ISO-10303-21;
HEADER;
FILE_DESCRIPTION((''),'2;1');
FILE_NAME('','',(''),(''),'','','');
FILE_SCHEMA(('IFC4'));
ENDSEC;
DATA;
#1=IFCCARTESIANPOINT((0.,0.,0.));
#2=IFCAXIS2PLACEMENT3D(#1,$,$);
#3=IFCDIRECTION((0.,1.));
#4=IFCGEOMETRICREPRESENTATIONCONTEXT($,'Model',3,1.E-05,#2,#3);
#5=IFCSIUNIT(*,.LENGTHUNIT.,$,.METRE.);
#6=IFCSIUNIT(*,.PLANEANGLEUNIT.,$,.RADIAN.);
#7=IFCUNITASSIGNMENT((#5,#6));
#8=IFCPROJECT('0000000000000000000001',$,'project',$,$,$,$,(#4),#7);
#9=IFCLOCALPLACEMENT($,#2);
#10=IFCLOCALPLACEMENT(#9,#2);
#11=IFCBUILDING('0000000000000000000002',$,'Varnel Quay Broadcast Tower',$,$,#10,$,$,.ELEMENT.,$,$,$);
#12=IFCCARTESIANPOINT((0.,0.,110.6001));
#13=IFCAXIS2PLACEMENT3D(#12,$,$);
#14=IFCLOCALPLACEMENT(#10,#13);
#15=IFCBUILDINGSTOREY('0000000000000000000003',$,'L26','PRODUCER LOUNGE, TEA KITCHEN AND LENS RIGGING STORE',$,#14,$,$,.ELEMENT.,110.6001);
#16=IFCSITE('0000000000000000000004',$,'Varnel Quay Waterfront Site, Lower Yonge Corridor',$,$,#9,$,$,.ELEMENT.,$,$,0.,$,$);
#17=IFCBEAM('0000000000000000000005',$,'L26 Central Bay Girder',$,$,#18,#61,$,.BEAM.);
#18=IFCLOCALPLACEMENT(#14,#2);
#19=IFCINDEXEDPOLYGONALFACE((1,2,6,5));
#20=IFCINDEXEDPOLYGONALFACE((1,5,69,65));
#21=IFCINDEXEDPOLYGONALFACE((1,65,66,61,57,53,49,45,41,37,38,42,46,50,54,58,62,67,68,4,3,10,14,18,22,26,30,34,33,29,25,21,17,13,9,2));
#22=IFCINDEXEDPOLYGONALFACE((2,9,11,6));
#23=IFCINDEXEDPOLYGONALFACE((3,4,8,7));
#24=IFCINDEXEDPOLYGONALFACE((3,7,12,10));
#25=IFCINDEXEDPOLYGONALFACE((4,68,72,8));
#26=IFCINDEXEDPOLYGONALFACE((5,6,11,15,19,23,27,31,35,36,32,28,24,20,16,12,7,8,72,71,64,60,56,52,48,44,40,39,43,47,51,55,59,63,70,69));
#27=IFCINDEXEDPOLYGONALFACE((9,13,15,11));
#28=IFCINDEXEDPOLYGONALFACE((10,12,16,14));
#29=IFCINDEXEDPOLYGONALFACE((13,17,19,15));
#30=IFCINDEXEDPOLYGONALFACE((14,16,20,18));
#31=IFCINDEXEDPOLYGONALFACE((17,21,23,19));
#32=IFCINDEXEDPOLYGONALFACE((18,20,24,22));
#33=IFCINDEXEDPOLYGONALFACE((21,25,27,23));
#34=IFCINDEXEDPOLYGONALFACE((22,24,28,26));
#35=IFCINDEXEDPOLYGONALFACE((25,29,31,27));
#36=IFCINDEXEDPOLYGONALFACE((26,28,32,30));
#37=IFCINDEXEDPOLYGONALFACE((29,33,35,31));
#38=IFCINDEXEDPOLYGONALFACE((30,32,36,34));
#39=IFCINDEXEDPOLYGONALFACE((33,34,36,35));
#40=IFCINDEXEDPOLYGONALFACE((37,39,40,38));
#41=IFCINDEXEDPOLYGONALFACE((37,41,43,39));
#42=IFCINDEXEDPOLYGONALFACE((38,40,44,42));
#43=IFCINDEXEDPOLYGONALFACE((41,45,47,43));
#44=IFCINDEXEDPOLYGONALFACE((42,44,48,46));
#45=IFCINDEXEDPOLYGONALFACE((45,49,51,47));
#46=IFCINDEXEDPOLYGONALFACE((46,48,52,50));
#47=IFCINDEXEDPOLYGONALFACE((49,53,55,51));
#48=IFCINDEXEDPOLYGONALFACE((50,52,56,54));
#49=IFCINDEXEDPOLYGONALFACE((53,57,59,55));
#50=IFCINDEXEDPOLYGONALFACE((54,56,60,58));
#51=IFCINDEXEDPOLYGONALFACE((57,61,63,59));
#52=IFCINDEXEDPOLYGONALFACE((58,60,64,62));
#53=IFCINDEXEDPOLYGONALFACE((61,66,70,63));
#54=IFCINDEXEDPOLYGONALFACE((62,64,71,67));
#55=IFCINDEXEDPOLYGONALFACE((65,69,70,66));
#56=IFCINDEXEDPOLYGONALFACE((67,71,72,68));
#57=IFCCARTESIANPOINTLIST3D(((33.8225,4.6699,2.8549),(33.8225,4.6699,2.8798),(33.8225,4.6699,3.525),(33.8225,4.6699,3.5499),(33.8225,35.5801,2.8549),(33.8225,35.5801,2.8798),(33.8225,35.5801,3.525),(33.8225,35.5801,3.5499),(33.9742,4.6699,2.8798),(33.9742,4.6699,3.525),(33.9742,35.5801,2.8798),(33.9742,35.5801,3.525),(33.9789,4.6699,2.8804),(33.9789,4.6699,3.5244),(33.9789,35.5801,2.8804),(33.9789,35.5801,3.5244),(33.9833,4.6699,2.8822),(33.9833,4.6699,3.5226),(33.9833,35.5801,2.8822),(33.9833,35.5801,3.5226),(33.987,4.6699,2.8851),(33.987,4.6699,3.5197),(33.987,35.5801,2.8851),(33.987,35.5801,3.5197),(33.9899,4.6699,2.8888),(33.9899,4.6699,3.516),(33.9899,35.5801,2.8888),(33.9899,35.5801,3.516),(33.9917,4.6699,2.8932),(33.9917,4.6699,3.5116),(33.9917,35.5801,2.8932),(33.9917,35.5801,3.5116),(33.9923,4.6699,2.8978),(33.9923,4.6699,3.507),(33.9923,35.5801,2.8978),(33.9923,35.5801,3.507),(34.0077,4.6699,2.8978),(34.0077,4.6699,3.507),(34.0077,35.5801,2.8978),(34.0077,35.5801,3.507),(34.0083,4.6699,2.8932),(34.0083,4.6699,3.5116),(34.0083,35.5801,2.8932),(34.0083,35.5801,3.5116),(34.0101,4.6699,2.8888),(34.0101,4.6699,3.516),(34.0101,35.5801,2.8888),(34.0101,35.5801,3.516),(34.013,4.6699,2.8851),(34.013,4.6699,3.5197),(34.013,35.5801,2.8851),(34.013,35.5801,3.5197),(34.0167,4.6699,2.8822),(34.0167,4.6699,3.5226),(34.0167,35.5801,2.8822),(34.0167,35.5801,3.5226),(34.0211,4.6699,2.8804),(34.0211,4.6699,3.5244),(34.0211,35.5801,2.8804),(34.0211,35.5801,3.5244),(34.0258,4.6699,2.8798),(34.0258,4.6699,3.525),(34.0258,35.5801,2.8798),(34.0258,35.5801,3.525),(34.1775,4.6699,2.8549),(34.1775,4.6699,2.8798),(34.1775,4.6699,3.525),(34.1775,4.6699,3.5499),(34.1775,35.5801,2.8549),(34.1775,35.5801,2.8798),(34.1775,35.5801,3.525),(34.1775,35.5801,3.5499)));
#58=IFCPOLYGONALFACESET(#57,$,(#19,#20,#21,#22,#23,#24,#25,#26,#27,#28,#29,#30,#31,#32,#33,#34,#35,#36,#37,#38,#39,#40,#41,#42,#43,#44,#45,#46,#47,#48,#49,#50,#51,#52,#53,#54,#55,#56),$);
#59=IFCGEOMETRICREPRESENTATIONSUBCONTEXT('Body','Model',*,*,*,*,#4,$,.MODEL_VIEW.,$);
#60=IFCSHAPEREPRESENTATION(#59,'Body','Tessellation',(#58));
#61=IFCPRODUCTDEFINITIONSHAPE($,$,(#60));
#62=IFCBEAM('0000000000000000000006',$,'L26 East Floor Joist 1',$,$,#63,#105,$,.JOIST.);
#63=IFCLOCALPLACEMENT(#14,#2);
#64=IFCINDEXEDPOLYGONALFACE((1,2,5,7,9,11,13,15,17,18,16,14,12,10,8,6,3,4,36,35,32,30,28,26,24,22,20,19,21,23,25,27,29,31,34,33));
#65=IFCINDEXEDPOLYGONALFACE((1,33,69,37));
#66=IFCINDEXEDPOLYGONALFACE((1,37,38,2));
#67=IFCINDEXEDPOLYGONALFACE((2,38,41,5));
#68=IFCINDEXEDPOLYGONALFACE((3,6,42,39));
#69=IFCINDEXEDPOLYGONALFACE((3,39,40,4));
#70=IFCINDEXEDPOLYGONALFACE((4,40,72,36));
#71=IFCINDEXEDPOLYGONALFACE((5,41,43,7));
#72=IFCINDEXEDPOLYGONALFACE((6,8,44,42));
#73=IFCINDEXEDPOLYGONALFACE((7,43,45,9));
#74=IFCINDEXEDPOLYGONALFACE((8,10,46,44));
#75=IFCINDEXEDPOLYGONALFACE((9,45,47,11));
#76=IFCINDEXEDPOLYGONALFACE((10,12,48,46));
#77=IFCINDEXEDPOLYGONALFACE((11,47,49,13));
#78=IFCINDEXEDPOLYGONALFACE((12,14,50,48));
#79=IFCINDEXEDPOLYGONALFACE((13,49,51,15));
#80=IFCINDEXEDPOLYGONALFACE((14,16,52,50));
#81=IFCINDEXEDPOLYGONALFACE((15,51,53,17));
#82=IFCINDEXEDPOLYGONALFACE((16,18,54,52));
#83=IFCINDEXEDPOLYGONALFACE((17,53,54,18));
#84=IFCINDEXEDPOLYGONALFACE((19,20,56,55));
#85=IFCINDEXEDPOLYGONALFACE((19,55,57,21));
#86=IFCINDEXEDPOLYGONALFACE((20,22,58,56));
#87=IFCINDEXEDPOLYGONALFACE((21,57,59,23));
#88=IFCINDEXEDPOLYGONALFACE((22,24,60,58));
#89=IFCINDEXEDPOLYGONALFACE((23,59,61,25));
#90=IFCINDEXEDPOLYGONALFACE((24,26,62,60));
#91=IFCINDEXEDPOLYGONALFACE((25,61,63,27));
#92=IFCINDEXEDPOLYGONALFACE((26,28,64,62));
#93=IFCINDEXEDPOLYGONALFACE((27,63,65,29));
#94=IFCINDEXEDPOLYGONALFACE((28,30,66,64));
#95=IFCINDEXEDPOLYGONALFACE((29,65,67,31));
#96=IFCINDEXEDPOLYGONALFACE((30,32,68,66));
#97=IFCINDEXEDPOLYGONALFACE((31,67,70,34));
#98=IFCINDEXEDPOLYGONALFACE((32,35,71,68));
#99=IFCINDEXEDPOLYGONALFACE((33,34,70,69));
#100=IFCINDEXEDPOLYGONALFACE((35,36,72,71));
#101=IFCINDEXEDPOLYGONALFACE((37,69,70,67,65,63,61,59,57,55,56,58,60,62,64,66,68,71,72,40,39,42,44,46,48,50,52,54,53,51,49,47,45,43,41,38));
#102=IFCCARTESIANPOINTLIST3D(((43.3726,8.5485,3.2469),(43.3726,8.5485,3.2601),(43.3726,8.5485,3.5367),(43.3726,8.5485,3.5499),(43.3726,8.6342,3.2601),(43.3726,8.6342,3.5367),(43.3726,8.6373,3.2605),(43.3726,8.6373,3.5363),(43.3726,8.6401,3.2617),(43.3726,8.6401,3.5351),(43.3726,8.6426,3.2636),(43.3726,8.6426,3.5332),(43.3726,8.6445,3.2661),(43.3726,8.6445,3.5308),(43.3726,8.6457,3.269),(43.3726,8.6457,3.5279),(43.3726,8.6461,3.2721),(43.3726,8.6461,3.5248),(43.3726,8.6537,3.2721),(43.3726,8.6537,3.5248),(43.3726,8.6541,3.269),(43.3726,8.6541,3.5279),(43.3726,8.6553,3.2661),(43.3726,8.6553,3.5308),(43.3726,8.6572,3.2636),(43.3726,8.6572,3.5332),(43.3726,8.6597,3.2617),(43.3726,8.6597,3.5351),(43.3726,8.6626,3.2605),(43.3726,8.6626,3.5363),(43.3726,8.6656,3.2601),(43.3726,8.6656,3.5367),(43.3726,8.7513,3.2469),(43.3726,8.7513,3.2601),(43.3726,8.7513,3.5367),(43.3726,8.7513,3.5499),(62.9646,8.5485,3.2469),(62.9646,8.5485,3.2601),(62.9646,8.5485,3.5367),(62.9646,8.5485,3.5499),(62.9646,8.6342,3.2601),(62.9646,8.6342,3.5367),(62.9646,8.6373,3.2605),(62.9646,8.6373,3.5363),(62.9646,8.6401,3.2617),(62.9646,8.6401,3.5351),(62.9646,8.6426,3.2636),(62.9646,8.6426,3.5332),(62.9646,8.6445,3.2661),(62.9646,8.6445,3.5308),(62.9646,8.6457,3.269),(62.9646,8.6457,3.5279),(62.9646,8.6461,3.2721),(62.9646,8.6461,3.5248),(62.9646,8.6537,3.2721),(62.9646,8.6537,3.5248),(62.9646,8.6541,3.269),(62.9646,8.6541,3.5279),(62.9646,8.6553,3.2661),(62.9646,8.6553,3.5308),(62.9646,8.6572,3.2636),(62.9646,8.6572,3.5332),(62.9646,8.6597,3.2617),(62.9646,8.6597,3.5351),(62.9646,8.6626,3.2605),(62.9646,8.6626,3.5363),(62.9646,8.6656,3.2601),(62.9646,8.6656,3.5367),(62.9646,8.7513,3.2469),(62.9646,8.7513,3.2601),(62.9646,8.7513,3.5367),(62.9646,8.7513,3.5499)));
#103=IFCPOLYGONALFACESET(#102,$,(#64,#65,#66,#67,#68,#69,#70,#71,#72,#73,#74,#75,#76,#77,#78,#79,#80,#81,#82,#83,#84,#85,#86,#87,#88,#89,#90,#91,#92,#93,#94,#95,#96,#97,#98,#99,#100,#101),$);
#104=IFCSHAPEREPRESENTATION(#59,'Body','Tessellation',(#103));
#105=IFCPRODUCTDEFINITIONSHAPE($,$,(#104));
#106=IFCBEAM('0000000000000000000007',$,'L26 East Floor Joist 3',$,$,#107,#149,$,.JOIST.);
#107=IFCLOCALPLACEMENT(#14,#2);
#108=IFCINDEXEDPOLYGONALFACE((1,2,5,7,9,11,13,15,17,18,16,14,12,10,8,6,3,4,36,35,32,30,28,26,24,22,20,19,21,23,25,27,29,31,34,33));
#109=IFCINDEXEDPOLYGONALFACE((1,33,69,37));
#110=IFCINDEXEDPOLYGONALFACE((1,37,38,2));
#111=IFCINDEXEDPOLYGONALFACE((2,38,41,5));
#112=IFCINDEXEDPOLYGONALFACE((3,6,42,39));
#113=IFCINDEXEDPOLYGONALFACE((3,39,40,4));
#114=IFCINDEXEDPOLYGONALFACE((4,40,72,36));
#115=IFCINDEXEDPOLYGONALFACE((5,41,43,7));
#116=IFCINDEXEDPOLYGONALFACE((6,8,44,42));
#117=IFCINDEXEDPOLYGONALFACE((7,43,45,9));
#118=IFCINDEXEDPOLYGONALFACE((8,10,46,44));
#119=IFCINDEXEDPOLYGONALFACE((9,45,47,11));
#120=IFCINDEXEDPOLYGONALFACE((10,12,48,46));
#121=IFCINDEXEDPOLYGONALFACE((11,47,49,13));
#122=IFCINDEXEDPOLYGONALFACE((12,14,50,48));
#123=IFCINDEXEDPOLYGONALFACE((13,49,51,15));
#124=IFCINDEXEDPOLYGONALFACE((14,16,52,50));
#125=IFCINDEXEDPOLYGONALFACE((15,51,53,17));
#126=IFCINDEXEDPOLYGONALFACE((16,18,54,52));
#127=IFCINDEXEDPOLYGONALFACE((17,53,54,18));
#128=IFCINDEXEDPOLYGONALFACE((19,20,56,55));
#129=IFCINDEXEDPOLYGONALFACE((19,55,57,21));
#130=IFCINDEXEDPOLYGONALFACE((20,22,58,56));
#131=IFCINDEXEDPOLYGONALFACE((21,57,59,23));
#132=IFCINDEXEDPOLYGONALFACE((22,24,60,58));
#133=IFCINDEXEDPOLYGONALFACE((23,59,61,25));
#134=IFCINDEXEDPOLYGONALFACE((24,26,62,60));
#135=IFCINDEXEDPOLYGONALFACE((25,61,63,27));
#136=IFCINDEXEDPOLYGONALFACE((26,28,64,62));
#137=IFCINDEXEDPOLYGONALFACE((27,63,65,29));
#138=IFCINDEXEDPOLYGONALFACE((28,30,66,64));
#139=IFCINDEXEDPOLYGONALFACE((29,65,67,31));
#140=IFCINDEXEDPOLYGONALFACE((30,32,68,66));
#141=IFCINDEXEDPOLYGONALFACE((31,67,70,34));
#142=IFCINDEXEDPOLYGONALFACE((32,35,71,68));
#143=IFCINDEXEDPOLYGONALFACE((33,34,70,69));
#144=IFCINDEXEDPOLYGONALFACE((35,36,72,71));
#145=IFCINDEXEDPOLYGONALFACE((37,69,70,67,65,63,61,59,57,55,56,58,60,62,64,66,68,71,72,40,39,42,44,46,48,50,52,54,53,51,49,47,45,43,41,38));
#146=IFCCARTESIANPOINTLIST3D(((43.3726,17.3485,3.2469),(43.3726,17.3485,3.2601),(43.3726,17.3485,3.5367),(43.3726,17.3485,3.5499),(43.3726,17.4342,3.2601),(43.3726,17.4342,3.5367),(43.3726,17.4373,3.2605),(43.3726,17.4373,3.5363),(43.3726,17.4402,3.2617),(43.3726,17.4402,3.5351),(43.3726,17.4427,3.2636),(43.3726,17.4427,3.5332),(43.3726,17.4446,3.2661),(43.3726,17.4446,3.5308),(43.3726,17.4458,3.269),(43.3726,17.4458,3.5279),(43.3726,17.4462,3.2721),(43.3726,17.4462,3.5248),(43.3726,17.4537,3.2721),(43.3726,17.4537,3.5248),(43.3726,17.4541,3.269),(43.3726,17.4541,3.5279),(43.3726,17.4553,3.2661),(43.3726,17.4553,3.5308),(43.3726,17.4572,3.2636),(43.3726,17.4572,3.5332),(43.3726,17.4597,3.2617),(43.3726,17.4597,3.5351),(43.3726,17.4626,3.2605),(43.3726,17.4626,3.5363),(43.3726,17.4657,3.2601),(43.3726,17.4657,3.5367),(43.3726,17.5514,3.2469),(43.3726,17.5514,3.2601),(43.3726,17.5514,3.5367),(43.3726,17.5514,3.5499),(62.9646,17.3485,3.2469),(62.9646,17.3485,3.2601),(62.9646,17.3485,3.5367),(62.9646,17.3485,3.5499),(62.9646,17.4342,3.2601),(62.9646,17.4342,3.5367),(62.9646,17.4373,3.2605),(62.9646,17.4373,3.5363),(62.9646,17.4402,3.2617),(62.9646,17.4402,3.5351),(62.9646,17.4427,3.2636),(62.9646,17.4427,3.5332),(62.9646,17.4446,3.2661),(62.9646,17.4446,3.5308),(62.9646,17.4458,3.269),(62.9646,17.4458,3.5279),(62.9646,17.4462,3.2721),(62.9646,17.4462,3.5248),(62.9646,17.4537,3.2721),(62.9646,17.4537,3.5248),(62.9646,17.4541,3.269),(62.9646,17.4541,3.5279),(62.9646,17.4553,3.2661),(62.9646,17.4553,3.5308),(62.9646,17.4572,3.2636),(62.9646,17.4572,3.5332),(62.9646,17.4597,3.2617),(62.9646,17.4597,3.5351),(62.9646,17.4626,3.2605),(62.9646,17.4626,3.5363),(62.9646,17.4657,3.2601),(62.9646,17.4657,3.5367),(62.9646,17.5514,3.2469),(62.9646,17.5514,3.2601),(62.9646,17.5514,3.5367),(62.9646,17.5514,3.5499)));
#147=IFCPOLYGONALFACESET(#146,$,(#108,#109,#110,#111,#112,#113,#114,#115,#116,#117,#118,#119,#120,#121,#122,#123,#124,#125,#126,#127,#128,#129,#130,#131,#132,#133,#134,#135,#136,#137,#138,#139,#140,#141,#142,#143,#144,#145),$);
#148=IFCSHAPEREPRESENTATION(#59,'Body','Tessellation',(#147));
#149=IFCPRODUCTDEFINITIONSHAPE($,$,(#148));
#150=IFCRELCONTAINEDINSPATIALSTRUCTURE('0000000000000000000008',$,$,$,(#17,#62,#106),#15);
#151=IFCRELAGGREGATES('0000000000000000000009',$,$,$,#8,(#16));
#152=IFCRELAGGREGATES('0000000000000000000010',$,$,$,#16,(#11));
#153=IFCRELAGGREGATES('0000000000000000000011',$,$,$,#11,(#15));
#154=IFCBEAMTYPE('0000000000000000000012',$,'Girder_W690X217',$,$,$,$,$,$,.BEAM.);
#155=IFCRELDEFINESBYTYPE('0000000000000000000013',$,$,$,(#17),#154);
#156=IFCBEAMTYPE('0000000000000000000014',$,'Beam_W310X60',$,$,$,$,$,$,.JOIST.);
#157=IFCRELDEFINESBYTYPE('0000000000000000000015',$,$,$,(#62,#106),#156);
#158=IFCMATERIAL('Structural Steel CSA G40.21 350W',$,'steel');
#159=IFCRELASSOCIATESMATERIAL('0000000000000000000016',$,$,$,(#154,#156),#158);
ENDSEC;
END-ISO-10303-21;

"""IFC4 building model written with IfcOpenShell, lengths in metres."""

from ifc_helpers import new_model, si_unit, direction, frame, origin, origin_2d, place, context, subcontext, project, spatial, i_section, extrude, source, transform, mapped, material, material_profile, profile_set, type_object, type_shapes, element, save


model = new_model("IFC4")

# Units and contexts
model_context = context("Model", 3, precision=1e-05, world=origin(), true_north=direction((0.0, 1.0)))
body_context = subcontext(model_context, "Body", "Model", "MODEL_VIEW")
ifc_project = project(units=[si_unit("LENGTHUNIT", "METRE"), si_unit("PLANEANGLEUNIT", "RADIAN")], contexts=[model_context])

# Site, building, storey
site_placement = place(None, origin())
site = spatial("IfcSite", under=ifc_project, at=site_placement, Name="Varnel Quay Waterfront Site, Lower Yonge Corridor", CompositionType="ELEMENT", RefElevation=0.0)
building_placement = place(site_placement, origin())
building = spatial("IfcBuilding", under=site, at=building_placement, Name="Varnel Quay Broadcast Tower", CompositionType="ELEMENT")
storey_placement = place(building_placement, frame((0.0, 0.0, 110.6001)))
storey = spatial("IfcBuildingStorey", under=building, at=storey_placement, Name="L26", Description="PRODUCER LOUNGE, TEA KITCHEN AND LENS RIGGING STORE", CompositionType="ELEMENT", Elevation=110.6001)

# Shared definitions
ifc_material_1 = material(Name="Structural Steel CSA G40.21 350W", Category="steel")

# Beams
ifc_material_profile_1 = material_profile(ifc_material_1, i_section(OverallWidth=0.355, OverallDepth=0.6951, WebThickness=0.0154, FlangeThickness=0.0249, FilletRadius=0.0181, at=origin_2d()), Name="W690X217")
ifc_profile_set_1 = profile_set([ifc_material_profile_1], Name="Structural Steel CSA G40.21 350W")
beam_type_1 = type_object("IfcBeamType", Name="Girder_W690X217", PredefinedType="BEAM", material=ifc_profile_set_1)
shared_shape_1 = source(origin(), body_context, "Body", "SweptSolid", [
    extrude(i_section(OverallWidth=0.355, OverallDepth=0.6951, WebThickness=0.0154, FlangeThickness=0.0249, FilletRadius=0.0181, at=origin_2d()), origin(), (0.0, 0.0, 1.0), 30.9102),
])
beam_1_placement = place(storey_placement, frame((34.0, 4.6699, 3.2024), z_axis=(0.0, 1.0, 0.0), x_axis=(-1.0, 0.0, 0.0)))
element("IfcBeam", 1, at=beam_1_placement, inside=storey, type_object=beam_type_1, Name="L26 Central Bay Girder", PredefinedType="BEAM", context=body_context, shape_type="MappedRepresentation", body=[
    mapped(shared_shape_1, transform((0.0, 0.0, 0.0), x_axis=(1.0, 0.0, 0.0), y_axis=(0.0, 1.0, 0.0), z_axis=(0.0, 0.0, 1.0), scale=1.0)),
])
ifc_material_profile_2 = material_profile(ifc_material_1, i_section(OverallWidth=0.2029, OverallDepth=0.303, WebThickness=0.0076, FlangeThickness=0.0132, FilletRadius=0.012, at=origin_2d()), Name="W310X60")
ifc_profile_set_2 = profile_set([ifc_material_profile_2], Name="Structural Steel CSA G40.21 350W")
beam_type_2 = type_object("IfcBeamType", Name="Beam_W310X60", PredefinedType="JOIST", material=ifc_profile_set_2)
shared_shape_2 = source(origin(), body_context, "Body", "SweptSolid", [
    extrude(i_section(OverallWidth=0.2029, OverallDepth=0.303, WebThickness=0.0076, FlangeThickness=0.0132, FilletRadius=0.012, at=origin_2d()), origin(), (0.0, 0.0, 1.0), 19.592),
])
type_shapes(beam_type_2, [shared_shape_2])
for number, where, z_axis, x_axis, name in (
    (2, (43.3726, 8.6499, 3.3984), (1.0, 0.0, 0.0), (0.0, 1.0, 0.0), "L26 East Floor Joist 1"),
    (3, (43.3726, 17.45, 3.3984), (1.0, 0.0, 0.0), (0.0, 1.0, 0.0), "L26 East Floor Joist 3"),
):
    element("IfcBeam", number, at=place(storey_placement, frame(where, z_axis=z_axis, x_axis=x_axis)), inside=storey, type_object=beam_type_2, Name=name, PredefinedType="JOIST", context=body_context, shape_type="MappedRepresentation", body=[
        mapped(shared_shape_2, transform((0.0, 0.0, 0.0), x_axis=(1.0, 0.0, 0.0), y_axis=(0.0, 1.0, 0.0), z_axis=(0.0, 0.0, 1.0), scale=1.0)),
    ])

save(model, "model.ifc")
